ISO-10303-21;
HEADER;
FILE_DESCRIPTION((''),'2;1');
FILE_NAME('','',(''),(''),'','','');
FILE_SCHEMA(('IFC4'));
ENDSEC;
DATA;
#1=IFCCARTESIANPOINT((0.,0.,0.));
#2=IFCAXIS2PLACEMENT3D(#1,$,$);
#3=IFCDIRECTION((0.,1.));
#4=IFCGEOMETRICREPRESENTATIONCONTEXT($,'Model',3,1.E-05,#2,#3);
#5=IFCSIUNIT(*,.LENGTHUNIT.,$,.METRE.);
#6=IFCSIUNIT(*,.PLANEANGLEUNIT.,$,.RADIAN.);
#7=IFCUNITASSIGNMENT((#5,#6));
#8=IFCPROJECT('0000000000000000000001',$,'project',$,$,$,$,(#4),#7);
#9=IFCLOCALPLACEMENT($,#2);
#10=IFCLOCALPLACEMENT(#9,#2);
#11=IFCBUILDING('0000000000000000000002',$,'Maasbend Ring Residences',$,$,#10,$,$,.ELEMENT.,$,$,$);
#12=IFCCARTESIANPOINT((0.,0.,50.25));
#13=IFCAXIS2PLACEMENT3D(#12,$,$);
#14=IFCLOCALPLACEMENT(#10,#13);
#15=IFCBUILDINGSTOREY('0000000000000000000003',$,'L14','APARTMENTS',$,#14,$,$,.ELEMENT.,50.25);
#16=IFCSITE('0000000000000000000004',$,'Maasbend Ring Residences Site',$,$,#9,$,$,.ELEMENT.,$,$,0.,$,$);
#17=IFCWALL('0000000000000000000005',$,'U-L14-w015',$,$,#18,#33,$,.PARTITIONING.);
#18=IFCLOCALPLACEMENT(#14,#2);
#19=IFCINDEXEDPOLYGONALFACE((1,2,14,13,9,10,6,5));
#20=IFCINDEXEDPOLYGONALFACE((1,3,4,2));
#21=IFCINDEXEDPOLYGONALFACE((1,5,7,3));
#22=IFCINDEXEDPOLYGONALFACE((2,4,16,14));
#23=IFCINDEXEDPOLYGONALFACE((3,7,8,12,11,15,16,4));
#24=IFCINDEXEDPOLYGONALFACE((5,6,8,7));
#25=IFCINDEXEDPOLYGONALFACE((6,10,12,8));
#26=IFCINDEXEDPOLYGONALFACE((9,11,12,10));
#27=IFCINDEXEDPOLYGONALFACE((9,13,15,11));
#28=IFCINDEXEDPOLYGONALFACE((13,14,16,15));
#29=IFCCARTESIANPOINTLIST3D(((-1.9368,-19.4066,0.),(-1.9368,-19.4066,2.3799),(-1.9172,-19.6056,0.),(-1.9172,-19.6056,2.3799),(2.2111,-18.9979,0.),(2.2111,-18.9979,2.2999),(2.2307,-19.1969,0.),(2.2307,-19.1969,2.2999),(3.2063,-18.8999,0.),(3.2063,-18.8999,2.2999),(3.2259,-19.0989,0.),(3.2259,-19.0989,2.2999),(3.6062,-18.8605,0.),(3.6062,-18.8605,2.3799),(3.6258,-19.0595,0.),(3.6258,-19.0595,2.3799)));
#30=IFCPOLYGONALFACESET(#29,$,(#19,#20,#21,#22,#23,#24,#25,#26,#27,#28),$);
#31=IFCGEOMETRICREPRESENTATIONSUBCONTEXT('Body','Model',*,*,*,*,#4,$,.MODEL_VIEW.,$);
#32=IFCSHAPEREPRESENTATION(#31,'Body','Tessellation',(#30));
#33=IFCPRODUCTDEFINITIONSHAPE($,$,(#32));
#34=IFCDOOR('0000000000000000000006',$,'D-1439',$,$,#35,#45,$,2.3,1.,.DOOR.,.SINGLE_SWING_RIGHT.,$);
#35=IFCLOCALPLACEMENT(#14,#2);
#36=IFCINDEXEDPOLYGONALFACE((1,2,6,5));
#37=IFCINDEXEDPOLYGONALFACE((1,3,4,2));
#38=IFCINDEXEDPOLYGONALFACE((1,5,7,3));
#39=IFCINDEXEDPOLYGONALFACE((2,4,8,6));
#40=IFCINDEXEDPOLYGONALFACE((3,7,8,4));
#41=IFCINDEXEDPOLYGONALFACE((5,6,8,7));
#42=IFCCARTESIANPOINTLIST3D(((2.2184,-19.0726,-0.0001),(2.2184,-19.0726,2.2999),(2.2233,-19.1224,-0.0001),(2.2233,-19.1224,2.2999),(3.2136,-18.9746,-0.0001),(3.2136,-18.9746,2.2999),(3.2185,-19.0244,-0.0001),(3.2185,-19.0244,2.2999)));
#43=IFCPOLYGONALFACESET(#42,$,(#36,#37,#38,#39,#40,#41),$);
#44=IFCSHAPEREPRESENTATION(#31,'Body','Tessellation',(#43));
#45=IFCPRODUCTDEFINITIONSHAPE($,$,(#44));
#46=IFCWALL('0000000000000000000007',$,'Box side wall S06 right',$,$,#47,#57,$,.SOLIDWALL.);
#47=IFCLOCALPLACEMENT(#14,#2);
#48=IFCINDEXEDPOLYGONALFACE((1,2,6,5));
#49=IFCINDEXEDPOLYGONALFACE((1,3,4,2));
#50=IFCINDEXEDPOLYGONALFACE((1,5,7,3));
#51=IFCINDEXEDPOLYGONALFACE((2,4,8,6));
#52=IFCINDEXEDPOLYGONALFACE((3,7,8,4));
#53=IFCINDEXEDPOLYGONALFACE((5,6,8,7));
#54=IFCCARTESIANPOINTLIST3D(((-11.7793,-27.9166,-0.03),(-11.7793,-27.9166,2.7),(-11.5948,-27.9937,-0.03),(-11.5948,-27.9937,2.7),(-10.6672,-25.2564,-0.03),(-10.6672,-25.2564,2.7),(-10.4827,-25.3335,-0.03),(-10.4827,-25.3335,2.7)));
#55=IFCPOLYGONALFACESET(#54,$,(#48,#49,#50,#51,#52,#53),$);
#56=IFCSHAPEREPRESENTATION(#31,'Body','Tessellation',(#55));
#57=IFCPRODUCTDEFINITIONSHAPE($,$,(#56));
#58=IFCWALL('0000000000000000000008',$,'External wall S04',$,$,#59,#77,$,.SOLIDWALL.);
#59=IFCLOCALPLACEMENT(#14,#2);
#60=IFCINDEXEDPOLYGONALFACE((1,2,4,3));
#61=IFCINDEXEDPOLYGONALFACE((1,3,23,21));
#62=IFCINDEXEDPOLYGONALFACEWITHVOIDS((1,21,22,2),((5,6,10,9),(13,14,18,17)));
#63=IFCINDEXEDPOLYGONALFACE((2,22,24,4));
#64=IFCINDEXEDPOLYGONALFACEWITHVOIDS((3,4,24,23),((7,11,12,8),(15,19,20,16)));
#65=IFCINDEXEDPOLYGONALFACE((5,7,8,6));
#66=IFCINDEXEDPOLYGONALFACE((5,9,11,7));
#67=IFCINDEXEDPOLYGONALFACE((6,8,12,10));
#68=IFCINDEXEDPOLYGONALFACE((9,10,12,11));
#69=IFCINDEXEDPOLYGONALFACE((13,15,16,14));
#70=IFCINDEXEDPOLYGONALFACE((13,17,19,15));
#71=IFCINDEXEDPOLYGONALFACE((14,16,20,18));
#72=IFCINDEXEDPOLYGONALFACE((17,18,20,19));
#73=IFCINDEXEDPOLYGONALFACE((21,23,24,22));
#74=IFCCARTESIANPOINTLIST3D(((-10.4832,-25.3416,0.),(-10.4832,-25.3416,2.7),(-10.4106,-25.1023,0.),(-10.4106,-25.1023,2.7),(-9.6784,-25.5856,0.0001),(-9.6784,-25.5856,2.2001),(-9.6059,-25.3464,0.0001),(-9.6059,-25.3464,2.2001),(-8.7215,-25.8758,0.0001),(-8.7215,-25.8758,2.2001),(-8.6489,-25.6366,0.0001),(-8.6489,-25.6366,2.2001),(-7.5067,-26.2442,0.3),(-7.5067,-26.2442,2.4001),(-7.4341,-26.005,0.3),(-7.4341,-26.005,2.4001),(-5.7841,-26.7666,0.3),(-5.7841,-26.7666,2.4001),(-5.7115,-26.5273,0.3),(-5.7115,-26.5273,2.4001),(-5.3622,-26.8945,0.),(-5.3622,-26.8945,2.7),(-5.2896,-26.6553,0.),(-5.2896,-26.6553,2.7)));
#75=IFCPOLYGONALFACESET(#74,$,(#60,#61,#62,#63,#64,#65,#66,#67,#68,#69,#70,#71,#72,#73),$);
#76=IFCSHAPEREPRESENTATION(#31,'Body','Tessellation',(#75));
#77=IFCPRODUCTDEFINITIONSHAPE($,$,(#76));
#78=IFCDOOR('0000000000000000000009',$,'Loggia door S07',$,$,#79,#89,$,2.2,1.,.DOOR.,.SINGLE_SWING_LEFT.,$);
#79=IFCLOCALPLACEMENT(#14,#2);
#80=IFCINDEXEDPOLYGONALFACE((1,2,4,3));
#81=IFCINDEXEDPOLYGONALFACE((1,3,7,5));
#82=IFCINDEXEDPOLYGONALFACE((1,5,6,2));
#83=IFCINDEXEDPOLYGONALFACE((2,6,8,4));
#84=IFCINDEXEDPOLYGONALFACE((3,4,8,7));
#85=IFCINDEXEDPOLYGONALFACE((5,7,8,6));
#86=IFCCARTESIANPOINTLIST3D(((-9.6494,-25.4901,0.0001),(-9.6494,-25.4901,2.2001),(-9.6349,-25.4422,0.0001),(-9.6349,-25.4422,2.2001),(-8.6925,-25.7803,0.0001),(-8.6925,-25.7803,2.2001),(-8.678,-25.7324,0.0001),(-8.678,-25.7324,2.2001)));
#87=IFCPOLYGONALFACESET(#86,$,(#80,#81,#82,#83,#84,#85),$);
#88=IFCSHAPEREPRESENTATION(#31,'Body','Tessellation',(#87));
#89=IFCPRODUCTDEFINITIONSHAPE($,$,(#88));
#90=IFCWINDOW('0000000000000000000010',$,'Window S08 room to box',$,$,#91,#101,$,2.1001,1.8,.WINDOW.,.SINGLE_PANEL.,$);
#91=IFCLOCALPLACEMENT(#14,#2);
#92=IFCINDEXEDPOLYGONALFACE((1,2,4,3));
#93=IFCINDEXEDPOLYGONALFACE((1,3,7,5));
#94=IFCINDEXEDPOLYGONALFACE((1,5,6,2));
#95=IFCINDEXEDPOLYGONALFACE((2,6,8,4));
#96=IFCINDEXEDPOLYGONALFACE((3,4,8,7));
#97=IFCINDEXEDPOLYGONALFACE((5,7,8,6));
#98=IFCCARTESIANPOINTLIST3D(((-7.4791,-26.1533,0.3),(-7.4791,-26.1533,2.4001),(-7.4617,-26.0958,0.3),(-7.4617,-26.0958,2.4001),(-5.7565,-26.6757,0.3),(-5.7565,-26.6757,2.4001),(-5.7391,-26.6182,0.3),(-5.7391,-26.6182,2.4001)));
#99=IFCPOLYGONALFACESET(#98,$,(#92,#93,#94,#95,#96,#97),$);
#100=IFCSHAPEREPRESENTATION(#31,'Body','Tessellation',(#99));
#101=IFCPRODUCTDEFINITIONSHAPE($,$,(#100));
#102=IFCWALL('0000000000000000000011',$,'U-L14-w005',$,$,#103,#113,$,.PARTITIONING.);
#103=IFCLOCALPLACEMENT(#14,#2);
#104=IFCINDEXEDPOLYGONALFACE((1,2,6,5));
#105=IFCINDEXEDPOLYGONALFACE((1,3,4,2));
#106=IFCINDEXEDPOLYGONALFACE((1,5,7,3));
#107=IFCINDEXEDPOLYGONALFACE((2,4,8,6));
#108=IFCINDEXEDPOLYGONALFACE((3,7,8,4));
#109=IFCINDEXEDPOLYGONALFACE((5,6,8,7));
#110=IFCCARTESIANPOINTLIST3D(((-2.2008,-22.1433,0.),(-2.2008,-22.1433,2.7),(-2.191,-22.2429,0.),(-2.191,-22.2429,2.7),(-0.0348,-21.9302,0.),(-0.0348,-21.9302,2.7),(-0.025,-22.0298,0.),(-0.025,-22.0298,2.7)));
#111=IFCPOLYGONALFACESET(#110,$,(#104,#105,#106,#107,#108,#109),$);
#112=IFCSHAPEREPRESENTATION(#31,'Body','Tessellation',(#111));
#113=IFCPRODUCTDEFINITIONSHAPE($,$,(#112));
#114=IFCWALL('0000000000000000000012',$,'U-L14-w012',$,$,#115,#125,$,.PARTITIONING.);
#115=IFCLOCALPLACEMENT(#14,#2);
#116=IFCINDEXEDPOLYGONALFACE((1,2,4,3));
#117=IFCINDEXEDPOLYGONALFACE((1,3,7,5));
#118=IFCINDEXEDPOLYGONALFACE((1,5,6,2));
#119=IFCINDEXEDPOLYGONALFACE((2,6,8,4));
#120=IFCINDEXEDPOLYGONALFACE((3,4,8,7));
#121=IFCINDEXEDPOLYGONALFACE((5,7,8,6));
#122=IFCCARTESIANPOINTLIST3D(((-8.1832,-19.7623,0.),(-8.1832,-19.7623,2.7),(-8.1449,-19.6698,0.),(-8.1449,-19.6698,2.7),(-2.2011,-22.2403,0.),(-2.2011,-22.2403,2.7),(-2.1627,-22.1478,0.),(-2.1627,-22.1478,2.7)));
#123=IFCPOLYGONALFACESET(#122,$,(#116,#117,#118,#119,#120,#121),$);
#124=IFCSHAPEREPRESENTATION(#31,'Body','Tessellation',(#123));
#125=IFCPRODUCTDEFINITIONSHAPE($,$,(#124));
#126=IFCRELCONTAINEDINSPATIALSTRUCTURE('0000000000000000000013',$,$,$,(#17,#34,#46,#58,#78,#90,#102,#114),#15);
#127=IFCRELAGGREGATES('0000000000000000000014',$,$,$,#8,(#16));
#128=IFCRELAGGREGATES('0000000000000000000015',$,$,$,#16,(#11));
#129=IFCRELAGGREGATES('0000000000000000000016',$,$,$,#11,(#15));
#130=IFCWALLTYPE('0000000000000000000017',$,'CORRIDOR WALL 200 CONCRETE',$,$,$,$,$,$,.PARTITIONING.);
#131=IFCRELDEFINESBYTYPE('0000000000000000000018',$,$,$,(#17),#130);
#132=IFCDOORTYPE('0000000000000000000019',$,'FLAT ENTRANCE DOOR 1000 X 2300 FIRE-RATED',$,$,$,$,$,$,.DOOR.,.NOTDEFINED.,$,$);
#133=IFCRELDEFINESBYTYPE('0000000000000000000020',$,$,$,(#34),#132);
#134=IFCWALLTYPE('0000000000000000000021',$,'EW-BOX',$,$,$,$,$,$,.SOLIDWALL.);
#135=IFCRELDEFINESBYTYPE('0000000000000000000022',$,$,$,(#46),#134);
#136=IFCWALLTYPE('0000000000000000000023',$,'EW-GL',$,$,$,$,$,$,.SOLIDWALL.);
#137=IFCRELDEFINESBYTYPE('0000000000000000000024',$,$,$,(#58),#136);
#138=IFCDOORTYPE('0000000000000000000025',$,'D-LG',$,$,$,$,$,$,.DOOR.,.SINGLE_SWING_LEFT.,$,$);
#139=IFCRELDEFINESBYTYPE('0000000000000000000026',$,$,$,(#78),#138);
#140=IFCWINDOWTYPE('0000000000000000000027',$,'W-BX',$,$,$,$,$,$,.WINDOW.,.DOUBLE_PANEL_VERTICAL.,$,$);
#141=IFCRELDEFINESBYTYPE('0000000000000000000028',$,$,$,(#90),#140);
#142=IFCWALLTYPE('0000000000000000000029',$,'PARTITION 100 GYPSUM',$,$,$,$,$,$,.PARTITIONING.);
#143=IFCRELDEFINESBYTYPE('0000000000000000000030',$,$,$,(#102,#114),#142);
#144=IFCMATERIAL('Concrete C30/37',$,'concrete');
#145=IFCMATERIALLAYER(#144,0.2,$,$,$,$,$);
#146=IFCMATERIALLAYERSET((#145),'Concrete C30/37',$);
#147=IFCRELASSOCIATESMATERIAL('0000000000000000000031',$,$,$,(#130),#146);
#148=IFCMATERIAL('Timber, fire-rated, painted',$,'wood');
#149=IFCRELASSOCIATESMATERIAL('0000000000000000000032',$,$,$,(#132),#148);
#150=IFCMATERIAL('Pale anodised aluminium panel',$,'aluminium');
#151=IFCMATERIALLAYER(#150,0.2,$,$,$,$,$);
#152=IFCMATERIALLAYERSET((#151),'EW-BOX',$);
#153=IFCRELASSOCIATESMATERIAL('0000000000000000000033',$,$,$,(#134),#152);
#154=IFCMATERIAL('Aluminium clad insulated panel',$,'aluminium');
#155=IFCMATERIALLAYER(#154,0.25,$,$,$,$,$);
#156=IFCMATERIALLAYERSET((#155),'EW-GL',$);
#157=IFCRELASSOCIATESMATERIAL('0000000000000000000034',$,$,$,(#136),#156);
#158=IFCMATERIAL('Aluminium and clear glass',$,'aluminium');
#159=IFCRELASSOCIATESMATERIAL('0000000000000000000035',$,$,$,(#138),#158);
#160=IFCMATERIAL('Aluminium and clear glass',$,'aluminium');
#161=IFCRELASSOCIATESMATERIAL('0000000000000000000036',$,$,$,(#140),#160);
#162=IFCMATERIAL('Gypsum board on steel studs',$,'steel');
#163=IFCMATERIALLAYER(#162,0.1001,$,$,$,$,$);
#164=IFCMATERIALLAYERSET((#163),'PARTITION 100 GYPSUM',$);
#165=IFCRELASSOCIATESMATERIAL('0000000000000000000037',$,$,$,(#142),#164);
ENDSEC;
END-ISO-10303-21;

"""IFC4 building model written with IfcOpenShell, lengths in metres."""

from ifc_helpers import new_model, si_unit, direction, frame, frame_2d, origin, place, context, subcontext, project, spatial, rectangle, extrude, material, layer, layer_set, type_object, element, fill, save


model = new_model("IFC4")

# Units and contexts
model_context = context("Model", 3, precision=1e-05, world=origin(), true_north=direction((0.0, 1.0)))
body_context = subcontext(model_context, "Body", "Model", "MODEL_VIEW")
ifc_project = project(units=[si_unit("LENGTHUNIT", "METRE"), si_unit("PLANEANGLEUNIT", "RADIAN")], contexts=[model_context])

# Site, building, storey
site_placement = place(None, origin())
site = spatial("IfcSite", under=ifc_project, at=site_placement, Name="Maasbend Ring Residences Site", CompositionType="ELEMENT", RefElevation=0.0)
building_placement = place(site_placement, origin())
building = spatial("IfcBuilding", under=site, at=building_placement, Name="Maasbend Ring Residences", CompositionType="ELEMENT")
storey_placement = place(building_placement, frame((0.0, 0.0, 50.25)))
storey = spatial("IfcBuildingStorey", under=building, at=storey_placement, Name="L14", Description="APARTMENTS", CompositionType="ELEMENT", Elevation=50.25)

# Wall, opening, door
ifc_material_1 = material(Name="Concrete C30/37", Category="concrete")
ifc_layer_1 = layer(ifc_material_1, 0.2)
ifc_layer_set_1 = layer_set([ifc_layer_1], Name="Concrete C30/37")
wall_type_1 = type_object("IfcWallType", Name="CORRIDOR WALL 200 CONCRETE", PredefinedType="PARTITIONING", material=ifc_layer_set_1)
wall_1_placement = place(storey_placement, frame((-1.927, -19.5061, 0.0), z_axis=(0.0, 0.0, 1.0), x_axis=(0.995181, 0.098054, 0.0)))
wall_1 = element("IfcWall", 1, at=wall_1_placement, inside=storey, type_object=wall_type_1, Name="U-L14-w015", PredefinedType="PARTITIONING", context=body_context, shape_type="SweptSolid", body=[
    extrude(rectangle(XDim=5.5698, YDim=0.2, at=frame_2d((2.7849, 0.0))), origin(), (0.0, 0.0, 1.0), 2.3799),
])
opening_1_placement = place(wall_1_placement, frame((4.168, 0.0, 0.0)))
opening_1 = element("IfcOpeningElement", 2, at=opening_1_placement, cuts=wall_1, PredefinedType="OPENING", context=body_context, shape_type="SweptSolid", body=[
    extrude(rectangle(XDim=1.0, YDim=2.3, at=frame_2d((0.5, 1.1499))), frame((0.0, 0.1099, 0.0), z_axis=(0.0, -1.0, 0.0), x_axis=(1.0, 0.0, 0.0)), (0.0, 0.0, 1.0), 0.22),
])
ifc_material_2 = material(Name="Timber, fire-rated, painted", Category="wood")
door_type_1 = type_object("IfcDoorType", Name="FLAT ENTRANCE DOOR 1000 X 2300 FIRE-RATED", OperationType="NOTDEFINED", PredefinedType="DOOR", material=ifc_material_2)
door_1_placement = place(opening_1_placement, origin())
door_1 = element("IfcDoor", 3, at=door_1_placement, inside=storey, type_object=door_type_1, Name="D-1439", OperationType="SINGLE_SWING_RIGHT", OverallHeight=2.3, OverallWidth=1.0, PredefinedType="DOOR", context=body_context, shape_type="SweptSolid", body=[
    extrude(rectangle(XDim=1.0, YDim=2.3, at=frame_2d((0.5, 1.1499))), frame((0.0, 0.0249, 0.0), z_axis=(0.0, -1.0, 0.0), x_axis=(1.0, 0.0, 0.0)), (0.0, 0.0, 1.0), 0.05),
])
fill(opening_1, door_1)

# Wall
ifc_material_3 = material(Name="Pale anodised aluminium panel", Category="aluminium")
ifc_layer_2 = layer(ifc_material_3, 0.2)
ifc_layer_set_2 = layer_set([ifc_layer_2], Name="EW-BOX")
wall_type_2 = type_object("IfcWallType", Name="EW-BOX", PredefinedType="SOLIDWALL", material=ifc_layer_set_2)
wall_2_placement = place(storey_placement, frame((-10.575, -25.2949, -0.03), z_axis=(0.0, 0.0, 1.0), x_axis=(-0.385697, -0.922625, 0.0)))
element("IfcWall", 4, at=wall_2_placement, inside=storey, type_object=wall_type_2, Name="Box side wall S06 right", PredefinedType="SOLIDWALL", context=body_context, shape_type="SweptSolid", body=[
    extrude(rectangle(XDim=2.8833, YDim=0.2, at=frame_2d((1.4417, 0.0))), origin(), (0.0, 0.0, 1.0), 2.73),
])

# Wall, openings, door, window
ifc_material_4 = material(Name="Aluminium clad insulated panel", Category="aluminium")
ifc_layer_3 = layer(ifc_material_4, 0.25)
ifc_layer_set_3 = layer_set([ifc_layer_3], Name="EW-GL")
wall_type_3 = type_object("IfcWallType", Name="EW-GL", PredefinedType="SOLIDWALL", material=ifc_layer_set_3)
wall_3_placement = place(storey_placement, frame((-10.447, -25.2219, 0.0), z_axis=(0.0, 0.0, 1.0), x_axis=(0.956966, -0.290201, 0.0)))
wall_3 = element("IfcWall", 5, at=wall_3_placement, inside=storey, type_object=wall_type_3, Name="External wall S04", PredefinedType="SOLIDWALL", context=body_context, shape_type="SweptSolid", body=[
    extrude(rectangle(XDim=5.3513, YDim=0.25, at=frame_2d((2.6758, 0.0))), origin(), (0.0, 0.0, 1.0), 2.7),
])
opening_2_placement = place(wall_3_placement, frame((0.8411, 0.0, 0.0)))
opening_2 = element("IfcOpeningElement", 6, at=opening_2_placement, cuts=wall_3, PredefinedType="OPENING", context=body_context, shape_type="SweptSolid", body=[
    extrude(rectangle(XDim=1.0, YDim=2.2, at=frame_2d((0.5, 1.1001))), frame((0.0, 0.135, 0.0), z_axis=(0.0, -1.0, 0.0), x_axis=(1.0, 0.0, 0.0)), (0.0, 0.0, 1.0), 0.27),
])
opening_3_placement = place(wall_3_placement, frame((3.1106, 0.0, 0.3)))
opening_3 = element("IfcOpeningElement", 7, at=opening_3_placement, cuts=wall_3, PredefinedType="OPENING", context=body_context, shape_type="SweptSolid", body=[
    extrude(rectangle(XDim=1.8, YDim=2.1001, at=frame_2d((0.8999, 1.05))), frame((0.0, 0.135, 0.0), z_axis=(0.0, -1.0, 0.0), x_axis=(1.0, 0.0, 0.0)), (0.0, 0.0, 1.0), 0.27),
])
ifc_material_5 = material(Name="Aluminium and clear glass", Category="aluminium")
door_type_2 = type_object("IfcDoorType", Name="D-LG", OperationType="SINGLE_SWING_LEFT", PredefinedType="DOOR", material=ifc_material_5)
door_2_placement = place(opening_2_placement, origin())
door_2 = element("IfcDoor", 8, at=door_2_placement, inside=storey, type_object=door_type_2, Name="Loggia door S07", OperationType="SINGLE_SWING_LEFT", OverallHeight=2.2, OverallWidth=1.0, PredefinedType="DOOR", context=body_context, shape_type="SweptSolid", body=[
    extrude(rectangle(XDim=1.0, YDim=2.2, at=frame_2d((0.5, 1.1001))), frame((0.0, 0.0249, 0.0), z_axis=(0.0, -1.0, 0.0), x_axis=(1.0, 0.0, 0.0)), (0.0, 0.0, 1.0), 0.05),
])
fill(opening_2, door_2)
ifc_material_6 = material(Name="Aluminium and clear glass", Category="aluminium")
window_type = type_object("IfcWindowType", Name="W-BX", PartitioningType="DOUBLE_PANEL_VERTICAL", PredefinedType="WINDOW", material=ifc_material_6)
window_placement = place(opening_3_placement, origin())
window = element("IfcWindow", 9, at=window_placement, inside=storey, type_object=window_type, Name="Window S08 room to box", OverallHeight=2.1001, OverallWidth=1.8, PartitioningType="SINGLE_PANEL", PredefinedType="WINDOW", context=body_context, shape_type="SweptSolid", body=[
    extrude(rectangle(XDim=1.8, YDim=2.1001, at=frame_2d((0.8999, 1.05))), frame((0.0, 0.03, 0.0), z_axis=(0.0, -1.0, 0.0), x_axis=(1.0, 0.0, 0.0)), (0.0, 0.0, 1.0), 0.0601),
])
fill(opening_3, window)

# Walls
ifc_material_7 = material(Name="Gypsum board on steel studs", Category="steel")
ifc_layer_4 = layer(ifc_material_7, 0.1001)
ifc_layer_set_4 = layer_set([ifc_layer_4], Name="PARTITION 100 GYPSUM")
wall_type_4 = type_object("IfcWallType", Name="PARTITION 100 GYPSUM", PredefinedType="PARTITIONING", material=ifc_layer_set_4)
wall_4_placement = place(storey_placement, frame((-2.196, -22.1931, 0.0), z_axis=(0.0, 0.0, 1.0), x_axis=(0.995194, 0.097927, 0.0)))
element("IfcWall", 10, at=wall_4_placement, inside=storey, type_object=wall_type_4, Name="U-L14-w005", PredefinedType="PARTITIONING", context=body_context, shape_type="SweptSolid", body=[
    extrude(rectangle(XDim=2.1765, YDim=0.1001, at=frame_2d((1.0884, 0.0))), origin(), (0.0, 0.0, 1.0), 2.7),
])
wall_5_placement = place(storey_placement, frame((-8.1641, -19.7161, 0.0), z_axis=(0.0, 0.0, 1.0), x_axis=(0.923873, -0.3827, 0.0)))
element("IfcWall", 11, at=wall_5_placement, inside=storey, type_object=wall_type_4, Name="U-L14-w012", PredefinedType="PARTITIONING", context=body_context, shape_type="SweptSolid", body=[
    extrude(rectangle(XDim=6.4751, YDim=0.1001, at=frame_2d((3.2375, 0.0))), origin(), (0.0, 0.0, 1.0), 2.7),
])

save(model, "model.ifc")
